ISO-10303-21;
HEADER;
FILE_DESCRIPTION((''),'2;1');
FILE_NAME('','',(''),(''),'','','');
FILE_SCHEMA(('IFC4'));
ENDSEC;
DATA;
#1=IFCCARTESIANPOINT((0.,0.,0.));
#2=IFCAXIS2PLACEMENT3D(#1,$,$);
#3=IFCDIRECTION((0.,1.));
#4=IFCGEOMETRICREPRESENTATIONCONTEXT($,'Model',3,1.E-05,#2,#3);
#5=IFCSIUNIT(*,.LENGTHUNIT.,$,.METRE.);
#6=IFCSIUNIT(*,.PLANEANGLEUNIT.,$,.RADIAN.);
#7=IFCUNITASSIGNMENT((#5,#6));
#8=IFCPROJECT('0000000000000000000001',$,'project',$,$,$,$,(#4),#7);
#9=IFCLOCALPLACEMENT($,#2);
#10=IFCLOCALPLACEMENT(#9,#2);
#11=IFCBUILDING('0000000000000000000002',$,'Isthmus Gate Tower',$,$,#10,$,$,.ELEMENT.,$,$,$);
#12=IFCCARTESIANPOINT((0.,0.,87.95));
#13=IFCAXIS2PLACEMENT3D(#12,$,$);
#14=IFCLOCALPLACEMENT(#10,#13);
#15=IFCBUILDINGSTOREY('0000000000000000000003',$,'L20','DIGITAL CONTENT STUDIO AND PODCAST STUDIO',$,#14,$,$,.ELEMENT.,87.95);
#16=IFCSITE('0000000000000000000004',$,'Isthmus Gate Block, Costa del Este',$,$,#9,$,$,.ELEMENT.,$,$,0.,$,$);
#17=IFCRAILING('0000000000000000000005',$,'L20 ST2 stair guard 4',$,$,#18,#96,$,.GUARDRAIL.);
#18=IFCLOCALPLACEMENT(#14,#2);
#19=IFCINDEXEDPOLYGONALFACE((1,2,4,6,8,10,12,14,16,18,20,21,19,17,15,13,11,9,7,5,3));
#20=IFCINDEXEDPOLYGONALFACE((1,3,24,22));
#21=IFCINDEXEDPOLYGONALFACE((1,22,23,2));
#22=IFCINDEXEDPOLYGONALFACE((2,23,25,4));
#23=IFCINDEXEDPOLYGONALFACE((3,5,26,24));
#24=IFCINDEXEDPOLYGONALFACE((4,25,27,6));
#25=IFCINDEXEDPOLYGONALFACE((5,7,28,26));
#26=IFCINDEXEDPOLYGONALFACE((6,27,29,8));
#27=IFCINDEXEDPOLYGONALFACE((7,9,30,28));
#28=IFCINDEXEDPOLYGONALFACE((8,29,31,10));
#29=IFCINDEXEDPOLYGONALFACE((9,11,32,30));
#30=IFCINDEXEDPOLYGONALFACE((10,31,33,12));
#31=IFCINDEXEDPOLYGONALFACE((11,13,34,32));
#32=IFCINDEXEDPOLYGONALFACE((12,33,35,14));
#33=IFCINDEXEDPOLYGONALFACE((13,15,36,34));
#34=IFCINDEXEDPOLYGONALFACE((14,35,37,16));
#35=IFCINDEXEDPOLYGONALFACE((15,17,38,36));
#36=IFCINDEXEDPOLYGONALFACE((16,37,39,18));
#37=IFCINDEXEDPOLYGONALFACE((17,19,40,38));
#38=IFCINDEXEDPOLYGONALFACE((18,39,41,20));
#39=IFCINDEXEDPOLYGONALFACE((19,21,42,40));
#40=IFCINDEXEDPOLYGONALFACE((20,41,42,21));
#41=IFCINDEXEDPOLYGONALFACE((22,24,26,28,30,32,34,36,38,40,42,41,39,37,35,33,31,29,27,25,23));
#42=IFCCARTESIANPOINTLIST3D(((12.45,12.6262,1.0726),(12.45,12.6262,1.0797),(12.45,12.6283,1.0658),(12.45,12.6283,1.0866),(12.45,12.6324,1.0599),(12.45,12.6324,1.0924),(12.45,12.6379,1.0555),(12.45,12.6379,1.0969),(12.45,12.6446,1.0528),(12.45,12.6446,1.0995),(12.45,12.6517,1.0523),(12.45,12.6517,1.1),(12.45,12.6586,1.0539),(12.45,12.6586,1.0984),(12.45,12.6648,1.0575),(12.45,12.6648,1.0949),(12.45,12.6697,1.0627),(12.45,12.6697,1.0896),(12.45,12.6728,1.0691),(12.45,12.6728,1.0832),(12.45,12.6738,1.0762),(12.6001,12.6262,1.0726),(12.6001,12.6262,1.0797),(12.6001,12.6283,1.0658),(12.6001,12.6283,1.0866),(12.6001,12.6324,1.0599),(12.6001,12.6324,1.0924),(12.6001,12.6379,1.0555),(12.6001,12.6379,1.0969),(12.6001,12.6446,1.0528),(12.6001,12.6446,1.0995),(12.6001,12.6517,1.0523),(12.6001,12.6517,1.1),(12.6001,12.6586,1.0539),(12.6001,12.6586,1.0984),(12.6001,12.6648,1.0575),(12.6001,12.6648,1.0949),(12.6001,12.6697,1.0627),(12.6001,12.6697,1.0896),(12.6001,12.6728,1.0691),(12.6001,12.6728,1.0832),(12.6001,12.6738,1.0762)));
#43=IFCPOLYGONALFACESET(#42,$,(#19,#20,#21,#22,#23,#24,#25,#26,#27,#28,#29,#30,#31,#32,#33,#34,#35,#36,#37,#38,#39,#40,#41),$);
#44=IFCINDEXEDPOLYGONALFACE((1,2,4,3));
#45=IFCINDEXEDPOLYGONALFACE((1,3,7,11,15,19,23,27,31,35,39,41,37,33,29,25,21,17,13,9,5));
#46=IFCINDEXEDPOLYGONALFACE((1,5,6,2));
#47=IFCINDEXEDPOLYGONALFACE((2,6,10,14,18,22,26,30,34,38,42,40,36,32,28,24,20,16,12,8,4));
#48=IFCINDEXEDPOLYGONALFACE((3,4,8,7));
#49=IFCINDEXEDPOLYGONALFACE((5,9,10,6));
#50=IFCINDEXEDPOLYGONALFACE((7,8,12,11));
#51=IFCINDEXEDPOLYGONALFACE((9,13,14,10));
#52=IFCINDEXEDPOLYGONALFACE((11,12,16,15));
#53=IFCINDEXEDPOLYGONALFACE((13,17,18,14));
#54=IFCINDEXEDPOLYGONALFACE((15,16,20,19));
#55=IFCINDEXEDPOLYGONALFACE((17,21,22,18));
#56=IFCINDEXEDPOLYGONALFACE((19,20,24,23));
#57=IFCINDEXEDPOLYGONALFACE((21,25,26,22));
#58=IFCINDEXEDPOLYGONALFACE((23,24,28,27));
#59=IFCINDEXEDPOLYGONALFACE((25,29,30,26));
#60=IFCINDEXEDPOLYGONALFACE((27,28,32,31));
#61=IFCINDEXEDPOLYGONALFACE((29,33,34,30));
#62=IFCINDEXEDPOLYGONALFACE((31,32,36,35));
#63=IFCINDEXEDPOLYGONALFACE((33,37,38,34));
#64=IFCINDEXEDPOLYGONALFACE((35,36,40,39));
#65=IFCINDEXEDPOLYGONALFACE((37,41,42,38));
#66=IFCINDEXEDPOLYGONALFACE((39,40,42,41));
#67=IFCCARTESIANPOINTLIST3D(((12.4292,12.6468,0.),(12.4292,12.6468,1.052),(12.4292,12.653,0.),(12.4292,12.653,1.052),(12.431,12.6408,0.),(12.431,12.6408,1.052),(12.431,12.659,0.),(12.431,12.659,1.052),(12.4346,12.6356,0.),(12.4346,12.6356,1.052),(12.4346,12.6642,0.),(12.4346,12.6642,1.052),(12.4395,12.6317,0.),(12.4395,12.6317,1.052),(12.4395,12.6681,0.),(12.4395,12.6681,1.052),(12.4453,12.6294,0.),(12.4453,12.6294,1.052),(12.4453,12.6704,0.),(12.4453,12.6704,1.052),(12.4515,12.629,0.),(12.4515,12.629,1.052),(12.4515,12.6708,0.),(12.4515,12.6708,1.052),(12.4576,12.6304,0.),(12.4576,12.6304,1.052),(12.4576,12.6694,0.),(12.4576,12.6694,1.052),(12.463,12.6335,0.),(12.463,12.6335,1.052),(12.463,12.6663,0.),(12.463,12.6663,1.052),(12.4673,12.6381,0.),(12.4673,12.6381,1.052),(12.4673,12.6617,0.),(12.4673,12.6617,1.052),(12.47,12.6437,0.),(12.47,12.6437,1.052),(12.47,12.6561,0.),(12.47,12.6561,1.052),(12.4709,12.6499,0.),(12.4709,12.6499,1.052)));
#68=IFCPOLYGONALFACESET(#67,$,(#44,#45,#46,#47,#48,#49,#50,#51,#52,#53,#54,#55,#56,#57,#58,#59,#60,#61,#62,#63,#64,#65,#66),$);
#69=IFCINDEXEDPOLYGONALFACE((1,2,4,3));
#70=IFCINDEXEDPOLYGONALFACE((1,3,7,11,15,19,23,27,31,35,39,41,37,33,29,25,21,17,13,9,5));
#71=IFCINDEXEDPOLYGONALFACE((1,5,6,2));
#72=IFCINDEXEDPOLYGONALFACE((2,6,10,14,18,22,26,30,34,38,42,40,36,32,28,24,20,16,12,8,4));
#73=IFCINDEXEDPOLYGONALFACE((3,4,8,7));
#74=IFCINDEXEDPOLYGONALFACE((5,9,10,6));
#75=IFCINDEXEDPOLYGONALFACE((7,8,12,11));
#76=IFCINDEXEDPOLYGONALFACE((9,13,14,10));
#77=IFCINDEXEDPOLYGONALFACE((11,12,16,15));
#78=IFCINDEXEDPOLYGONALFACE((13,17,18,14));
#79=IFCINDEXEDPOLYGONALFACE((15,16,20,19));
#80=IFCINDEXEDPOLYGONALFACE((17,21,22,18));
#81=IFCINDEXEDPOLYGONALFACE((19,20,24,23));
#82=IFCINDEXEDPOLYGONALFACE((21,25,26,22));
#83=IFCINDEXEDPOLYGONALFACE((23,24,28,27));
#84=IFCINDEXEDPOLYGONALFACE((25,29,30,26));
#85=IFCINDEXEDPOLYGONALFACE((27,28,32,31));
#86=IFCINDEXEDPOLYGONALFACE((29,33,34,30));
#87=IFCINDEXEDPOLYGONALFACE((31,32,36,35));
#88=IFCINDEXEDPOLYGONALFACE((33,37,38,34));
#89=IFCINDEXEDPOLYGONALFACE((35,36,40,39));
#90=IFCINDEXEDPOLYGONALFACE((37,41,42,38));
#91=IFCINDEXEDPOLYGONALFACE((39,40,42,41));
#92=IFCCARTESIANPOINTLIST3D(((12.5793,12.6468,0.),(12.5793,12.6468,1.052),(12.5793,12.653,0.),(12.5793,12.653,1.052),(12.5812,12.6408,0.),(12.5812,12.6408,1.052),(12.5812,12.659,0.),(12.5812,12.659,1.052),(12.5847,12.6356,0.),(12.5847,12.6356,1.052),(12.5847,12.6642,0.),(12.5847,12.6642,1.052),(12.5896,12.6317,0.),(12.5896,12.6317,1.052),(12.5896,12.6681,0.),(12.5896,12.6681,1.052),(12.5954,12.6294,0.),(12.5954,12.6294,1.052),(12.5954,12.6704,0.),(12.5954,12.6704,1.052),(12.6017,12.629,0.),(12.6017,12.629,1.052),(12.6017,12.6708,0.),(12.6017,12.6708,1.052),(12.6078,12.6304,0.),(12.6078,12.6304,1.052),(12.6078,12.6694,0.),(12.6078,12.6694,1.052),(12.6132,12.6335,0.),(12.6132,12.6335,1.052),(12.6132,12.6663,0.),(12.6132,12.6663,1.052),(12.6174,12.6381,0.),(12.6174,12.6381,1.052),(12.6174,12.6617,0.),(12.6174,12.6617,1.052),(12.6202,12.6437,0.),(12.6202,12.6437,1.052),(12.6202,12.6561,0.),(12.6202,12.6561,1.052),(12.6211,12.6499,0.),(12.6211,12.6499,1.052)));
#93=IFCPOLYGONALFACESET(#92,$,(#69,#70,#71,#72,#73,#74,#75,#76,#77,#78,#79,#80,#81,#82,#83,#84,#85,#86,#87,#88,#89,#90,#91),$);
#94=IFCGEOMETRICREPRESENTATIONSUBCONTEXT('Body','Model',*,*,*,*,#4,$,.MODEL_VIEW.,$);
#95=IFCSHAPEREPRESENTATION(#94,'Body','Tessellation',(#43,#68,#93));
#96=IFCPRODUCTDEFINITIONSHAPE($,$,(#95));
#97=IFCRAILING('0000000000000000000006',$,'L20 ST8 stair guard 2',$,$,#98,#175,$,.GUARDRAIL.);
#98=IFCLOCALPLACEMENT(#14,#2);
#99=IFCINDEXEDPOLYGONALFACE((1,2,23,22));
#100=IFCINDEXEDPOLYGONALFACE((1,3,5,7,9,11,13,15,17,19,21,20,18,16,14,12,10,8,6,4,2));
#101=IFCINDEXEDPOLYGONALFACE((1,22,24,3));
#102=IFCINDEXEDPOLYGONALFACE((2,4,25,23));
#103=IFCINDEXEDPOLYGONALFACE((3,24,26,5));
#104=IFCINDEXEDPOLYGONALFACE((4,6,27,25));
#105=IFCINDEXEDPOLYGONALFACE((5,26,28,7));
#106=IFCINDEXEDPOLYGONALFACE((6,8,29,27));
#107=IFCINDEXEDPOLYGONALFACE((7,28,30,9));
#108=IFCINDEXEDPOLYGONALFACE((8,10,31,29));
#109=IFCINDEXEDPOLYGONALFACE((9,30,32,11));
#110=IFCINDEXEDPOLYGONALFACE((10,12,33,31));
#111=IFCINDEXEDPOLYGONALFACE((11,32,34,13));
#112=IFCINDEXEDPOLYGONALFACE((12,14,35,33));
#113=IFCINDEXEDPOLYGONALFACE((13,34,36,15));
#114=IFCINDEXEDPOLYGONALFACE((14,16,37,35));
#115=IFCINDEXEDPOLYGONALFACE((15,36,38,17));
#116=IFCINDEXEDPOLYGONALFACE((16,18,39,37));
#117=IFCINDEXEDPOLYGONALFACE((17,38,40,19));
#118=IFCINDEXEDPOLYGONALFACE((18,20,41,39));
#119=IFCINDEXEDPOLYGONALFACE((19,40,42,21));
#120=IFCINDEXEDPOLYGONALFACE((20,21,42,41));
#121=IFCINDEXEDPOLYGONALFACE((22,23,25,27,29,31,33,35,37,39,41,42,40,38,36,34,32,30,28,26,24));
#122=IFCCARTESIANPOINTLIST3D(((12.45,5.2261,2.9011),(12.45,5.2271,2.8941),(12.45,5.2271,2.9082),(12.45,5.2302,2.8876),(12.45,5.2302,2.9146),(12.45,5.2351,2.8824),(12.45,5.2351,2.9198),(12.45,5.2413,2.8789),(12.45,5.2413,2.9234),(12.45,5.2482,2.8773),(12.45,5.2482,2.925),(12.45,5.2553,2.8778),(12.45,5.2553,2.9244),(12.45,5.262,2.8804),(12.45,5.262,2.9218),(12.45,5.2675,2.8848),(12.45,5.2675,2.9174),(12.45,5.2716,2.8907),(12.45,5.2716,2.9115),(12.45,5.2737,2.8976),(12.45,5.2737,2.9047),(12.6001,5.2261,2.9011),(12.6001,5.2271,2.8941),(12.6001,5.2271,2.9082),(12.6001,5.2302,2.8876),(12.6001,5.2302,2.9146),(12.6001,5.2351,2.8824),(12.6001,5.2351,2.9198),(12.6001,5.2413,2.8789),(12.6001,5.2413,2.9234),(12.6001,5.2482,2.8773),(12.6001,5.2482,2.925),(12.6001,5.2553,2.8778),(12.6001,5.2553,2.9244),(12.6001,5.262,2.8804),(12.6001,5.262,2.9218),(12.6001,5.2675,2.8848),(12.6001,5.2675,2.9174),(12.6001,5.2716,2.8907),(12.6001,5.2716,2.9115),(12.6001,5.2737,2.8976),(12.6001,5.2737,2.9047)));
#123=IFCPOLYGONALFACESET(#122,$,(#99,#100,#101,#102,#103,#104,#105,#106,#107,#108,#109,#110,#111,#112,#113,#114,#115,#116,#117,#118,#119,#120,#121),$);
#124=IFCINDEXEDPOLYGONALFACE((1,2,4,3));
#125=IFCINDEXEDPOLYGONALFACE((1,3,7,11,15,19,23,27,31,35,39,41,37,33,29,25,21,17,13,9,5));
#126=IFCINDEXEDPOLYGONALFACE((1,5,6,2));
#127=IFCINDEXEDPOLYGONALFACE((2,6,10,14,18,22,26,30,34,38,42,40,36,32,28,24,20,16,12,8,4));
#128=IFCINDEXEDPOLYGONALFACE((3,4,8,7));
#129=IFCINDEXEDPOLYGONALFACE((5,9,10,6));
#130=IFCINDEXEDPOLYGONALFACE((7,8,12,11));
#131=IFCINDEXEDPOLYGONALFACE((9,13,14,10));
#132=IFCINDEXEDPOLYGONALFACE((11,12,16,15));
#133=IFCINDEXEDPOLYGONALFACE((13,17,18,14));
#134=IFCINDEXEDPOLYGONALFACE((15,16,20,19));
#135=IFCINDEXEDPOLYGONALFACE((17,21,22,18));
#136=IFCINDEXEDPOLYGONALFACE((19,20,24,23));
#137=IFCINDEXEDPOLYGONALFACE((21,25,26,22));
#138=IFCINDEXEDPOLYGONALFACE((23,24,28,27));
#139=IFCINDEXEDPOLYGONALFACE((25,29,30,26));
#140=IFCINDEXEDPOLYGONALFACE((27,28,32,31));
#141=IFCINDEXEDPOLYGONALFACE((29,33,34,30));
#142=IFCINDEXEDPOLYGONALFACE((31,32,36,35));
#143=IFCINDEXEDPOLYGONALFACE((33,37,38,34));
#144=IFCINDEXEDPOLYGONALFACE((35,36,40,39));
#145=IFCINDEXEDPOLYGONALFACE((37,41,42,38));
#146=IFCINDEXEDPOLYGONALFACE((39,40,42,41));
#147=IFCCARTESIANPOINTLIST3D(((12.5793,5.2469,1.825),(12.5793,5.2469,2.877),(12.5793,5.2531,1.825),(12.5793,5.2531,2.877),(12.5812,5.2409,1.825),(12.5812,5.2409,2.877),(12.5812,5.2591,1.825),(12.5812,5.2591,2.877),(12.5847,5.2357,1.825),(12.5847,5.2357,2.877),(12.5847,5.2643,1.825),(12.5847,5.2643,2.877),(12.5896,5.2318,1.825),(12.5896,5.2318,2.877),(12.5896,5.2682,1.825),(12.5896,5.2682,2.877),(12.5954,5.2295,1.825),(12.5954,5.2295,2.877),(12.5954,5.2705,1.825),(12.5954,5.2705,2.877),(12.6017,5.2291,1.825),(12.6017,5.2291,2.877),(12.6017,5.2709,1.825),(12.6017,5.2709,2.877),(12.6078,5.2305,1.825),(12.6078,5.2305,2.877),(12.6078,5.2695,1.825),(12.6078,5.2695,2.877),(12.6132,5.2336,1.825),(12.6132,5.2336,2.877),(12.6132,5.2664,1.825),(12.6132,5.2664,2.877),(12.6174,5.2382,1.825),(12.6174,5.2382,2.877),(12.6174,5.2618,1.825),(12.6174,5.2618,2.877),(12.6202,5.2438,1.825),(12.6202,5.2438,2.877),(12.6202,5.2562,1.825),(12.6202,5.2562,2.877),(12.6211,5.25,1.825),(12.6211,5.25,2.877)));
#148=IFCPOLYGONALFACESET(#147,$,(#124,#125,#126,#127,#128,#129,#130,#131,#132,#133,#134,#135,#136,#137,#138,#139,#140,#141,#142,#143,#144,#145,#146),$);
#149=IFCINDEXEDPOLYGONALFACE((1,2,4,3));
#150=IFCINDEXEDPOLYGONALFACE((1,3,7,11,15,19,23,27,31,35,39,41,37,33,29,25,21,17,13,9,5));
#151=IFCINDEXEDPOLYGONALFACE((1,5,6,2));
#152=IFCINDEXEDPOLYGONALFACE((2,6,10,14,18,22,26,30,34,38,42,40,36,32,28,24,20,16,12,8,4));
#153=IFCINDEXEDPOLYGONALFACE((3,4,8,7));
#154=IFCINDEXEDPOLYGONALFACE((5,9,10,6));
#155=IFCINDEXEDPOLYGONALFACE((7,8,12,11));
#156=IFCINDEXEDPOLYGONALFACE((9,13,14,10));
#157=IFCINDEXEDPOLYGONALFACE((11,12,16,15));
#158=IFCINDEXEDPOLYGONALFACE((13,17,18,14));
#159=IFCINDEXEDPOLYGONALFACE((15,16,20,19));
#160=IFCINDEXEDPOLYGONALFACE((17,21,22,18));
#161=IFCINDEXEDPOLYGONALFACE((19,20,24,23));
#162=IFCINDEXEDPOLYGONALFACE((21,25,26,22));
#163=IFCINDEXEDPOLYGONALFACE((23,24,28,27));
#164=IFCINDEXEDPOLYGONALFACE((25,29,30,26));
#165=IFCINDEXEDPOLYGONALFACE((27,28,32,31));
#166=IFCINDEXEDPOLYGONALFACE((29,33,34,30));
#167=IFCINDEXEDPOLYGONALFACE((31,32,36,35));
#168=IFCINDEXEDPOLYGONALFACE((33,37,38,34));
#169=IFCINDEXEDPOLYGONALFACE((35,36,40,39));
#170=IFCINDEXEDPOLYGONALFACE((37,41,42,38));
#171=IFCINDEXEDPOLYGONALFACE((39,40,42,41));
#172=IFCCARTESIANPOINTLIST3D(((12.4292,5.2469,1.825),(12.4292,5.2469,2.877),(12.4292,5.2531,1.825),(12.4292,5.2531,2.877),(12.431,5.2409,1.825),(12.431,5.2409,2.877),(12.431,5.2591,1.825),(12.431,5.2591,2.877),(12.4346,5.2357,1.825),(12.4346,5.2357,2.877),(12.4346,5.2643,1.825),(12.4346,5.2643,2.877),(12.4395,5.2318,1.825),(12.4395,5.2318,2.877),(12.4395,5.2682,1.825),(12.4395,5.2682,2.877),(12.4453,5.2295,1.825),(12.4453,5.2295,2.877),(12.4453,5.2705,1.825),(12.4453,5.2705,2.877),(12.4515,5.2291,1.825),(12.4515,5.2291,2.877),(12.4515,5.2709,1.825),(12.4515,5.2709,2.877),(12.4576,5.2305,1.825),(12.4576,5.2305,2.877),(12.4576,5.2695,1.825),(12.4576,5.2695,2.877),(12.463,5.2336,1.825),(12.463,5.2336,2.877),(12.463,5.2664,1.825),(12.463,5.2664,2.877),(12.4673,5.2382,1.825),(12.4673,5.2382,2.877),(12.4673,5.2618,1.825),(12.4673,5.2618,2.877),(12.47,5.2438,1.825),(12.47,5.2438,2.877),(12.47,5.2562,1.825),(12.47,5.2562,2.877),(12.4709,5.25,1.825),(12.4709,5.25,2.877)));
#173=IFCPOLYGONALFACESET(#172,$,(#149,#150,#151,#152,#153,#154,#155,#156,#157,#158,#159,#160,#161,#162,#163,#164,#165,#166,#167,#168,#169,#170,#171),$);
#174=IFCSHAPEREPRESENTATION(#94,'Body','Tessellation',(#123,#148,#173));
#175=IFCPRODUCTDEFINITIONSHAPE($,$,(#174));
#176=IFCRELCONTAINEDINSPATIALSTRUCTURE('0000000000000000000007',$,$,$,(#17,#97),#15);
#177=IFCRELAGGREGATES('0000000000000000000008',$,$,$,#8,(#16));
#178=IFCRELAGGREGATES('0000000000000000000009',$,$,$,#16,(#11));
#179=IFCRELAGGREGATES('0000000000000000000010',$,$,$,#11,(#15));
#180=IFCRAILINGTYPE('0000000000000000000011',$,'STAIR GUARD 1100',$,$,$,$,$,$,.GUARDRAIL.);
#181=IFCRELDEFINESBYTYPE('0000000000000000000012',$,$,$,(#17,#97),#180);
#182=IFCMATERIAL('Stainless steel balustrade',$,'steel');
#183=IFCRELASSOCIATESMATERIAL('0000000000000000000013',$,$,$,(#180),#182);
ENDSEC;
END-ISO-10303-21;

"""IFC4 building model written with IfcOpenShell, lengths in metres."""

from ifc_helpers import new_model, si_unit, direction, frame, origin, origin_2d, place, context, subcontext, project, spatial, circle, extrude, material, type_object, element, save


model = new_model("IFC4")

# Units and contexts
model_context = context("Model", 3, precision=1e-05, world=origin(), true_north=direction((0.0, 1.0)))
body_context = subcontext(model_context, "Body", "Model", "MODEL_VIEW")
ifc_project = project(units=[si_unit("LENGTHUNIT", "METRE"), si_unit("PLANEANGLEUNIT", "RADIAN")], contexts=[model_context])

# Site, building, storey
site_placement = place(None, origin())
site = spatial("IfcSite", under=ifc_project, at=site_placement, Name="Isthmus Gate Block, Costa del Este", CompositionType="ELEMENT", RefElevation=0.0)
building_placement = place(site_placement, origin())
building = spatial("IfcBuilding", under=site, at=building_placement, Name="Isthmus Gate Tower", CompositionType="ELEMENT")
storey_placement = place(building_placement, frame((0.0, 0.0, 87.95)))
storey = spatial("IfcBuildingStorey", under=building, at=storey_placement, Name="L20", Description="DIGITAL CONTENT STUDIO AND PODCAST STUDIO", CompositionType="ELEMENT", Elevation=87.95)

# Railings
ifc_material_1 = material(Name="Stainless steel balustrade", Category="steel")
railing_type_1 = type_object("IfcRailingType", Name="STAIR GUARD 1100", PredefinedType="GUARDRAIL", material=ifc_material_1)
railing_1_placement = place(storey_placement, frame((12.45, 12.6499, 0.0)))
element("IfcRailing", 1, at=railing_1_placement, inside=storey, type_object=railing_type_1, Name="L20 ST2 stair guard 4", PredefinedType="GUARDRAIL", context=body_context, shape_type="SweptSolid", body=[
    extrude(circle(Radius=0.0239, at=origin_2d()), frame((0.0, 0.0, 1.0762), z_axis=(1.0, 0.0, 0.0), x_axis=(0.0, 1.0, 0.0)), (0.0, 0.0, 1.0), 0.1501),
    extrude(circle(Radius=0.021, at=origin_2d()), origin(), (0.0, 0.0, 1.0), 1.052),
    extrude(circle(Radius=0.021, at=origin_2d()), frame((0.1501, 0.0, 0.0)), (0.0, 0.0, 1.0), 1.052),
])
railing_2_placement = place(storey_placement, frame((12.6001, 5.25, 1.825)))
element("IfcRailing", 2, at=railing_2_placement, inside=storey, type_object=railing_type_1, Name="L20 ST8 stair guard 2", PredefinedType="GUARDRAIL", context=body_context, shape_type="SweptSolid", body=[
    extrude(circle(Radius=0.0239, at=origin_2d()), frame((0.0, 0.0, 1.0762), z_axis=(-1.0, 0.0, 0.0), x_axis=(0.0, -1.0, 0.0)), (0.0, 0.0, 1.0), 0.1501),
    extrude(circle(Radius=0.021, at=origin_2d()), origin(), (0.0, 0.0, 1.0), 1.052),
    extrude(circle(Radius=0.021, at=origin_2d()), frame((-0.1501, 0.0, 0.0)), (0.0, 0.0, 1.0), 1.052),
])

save(model, "model.ifc")
